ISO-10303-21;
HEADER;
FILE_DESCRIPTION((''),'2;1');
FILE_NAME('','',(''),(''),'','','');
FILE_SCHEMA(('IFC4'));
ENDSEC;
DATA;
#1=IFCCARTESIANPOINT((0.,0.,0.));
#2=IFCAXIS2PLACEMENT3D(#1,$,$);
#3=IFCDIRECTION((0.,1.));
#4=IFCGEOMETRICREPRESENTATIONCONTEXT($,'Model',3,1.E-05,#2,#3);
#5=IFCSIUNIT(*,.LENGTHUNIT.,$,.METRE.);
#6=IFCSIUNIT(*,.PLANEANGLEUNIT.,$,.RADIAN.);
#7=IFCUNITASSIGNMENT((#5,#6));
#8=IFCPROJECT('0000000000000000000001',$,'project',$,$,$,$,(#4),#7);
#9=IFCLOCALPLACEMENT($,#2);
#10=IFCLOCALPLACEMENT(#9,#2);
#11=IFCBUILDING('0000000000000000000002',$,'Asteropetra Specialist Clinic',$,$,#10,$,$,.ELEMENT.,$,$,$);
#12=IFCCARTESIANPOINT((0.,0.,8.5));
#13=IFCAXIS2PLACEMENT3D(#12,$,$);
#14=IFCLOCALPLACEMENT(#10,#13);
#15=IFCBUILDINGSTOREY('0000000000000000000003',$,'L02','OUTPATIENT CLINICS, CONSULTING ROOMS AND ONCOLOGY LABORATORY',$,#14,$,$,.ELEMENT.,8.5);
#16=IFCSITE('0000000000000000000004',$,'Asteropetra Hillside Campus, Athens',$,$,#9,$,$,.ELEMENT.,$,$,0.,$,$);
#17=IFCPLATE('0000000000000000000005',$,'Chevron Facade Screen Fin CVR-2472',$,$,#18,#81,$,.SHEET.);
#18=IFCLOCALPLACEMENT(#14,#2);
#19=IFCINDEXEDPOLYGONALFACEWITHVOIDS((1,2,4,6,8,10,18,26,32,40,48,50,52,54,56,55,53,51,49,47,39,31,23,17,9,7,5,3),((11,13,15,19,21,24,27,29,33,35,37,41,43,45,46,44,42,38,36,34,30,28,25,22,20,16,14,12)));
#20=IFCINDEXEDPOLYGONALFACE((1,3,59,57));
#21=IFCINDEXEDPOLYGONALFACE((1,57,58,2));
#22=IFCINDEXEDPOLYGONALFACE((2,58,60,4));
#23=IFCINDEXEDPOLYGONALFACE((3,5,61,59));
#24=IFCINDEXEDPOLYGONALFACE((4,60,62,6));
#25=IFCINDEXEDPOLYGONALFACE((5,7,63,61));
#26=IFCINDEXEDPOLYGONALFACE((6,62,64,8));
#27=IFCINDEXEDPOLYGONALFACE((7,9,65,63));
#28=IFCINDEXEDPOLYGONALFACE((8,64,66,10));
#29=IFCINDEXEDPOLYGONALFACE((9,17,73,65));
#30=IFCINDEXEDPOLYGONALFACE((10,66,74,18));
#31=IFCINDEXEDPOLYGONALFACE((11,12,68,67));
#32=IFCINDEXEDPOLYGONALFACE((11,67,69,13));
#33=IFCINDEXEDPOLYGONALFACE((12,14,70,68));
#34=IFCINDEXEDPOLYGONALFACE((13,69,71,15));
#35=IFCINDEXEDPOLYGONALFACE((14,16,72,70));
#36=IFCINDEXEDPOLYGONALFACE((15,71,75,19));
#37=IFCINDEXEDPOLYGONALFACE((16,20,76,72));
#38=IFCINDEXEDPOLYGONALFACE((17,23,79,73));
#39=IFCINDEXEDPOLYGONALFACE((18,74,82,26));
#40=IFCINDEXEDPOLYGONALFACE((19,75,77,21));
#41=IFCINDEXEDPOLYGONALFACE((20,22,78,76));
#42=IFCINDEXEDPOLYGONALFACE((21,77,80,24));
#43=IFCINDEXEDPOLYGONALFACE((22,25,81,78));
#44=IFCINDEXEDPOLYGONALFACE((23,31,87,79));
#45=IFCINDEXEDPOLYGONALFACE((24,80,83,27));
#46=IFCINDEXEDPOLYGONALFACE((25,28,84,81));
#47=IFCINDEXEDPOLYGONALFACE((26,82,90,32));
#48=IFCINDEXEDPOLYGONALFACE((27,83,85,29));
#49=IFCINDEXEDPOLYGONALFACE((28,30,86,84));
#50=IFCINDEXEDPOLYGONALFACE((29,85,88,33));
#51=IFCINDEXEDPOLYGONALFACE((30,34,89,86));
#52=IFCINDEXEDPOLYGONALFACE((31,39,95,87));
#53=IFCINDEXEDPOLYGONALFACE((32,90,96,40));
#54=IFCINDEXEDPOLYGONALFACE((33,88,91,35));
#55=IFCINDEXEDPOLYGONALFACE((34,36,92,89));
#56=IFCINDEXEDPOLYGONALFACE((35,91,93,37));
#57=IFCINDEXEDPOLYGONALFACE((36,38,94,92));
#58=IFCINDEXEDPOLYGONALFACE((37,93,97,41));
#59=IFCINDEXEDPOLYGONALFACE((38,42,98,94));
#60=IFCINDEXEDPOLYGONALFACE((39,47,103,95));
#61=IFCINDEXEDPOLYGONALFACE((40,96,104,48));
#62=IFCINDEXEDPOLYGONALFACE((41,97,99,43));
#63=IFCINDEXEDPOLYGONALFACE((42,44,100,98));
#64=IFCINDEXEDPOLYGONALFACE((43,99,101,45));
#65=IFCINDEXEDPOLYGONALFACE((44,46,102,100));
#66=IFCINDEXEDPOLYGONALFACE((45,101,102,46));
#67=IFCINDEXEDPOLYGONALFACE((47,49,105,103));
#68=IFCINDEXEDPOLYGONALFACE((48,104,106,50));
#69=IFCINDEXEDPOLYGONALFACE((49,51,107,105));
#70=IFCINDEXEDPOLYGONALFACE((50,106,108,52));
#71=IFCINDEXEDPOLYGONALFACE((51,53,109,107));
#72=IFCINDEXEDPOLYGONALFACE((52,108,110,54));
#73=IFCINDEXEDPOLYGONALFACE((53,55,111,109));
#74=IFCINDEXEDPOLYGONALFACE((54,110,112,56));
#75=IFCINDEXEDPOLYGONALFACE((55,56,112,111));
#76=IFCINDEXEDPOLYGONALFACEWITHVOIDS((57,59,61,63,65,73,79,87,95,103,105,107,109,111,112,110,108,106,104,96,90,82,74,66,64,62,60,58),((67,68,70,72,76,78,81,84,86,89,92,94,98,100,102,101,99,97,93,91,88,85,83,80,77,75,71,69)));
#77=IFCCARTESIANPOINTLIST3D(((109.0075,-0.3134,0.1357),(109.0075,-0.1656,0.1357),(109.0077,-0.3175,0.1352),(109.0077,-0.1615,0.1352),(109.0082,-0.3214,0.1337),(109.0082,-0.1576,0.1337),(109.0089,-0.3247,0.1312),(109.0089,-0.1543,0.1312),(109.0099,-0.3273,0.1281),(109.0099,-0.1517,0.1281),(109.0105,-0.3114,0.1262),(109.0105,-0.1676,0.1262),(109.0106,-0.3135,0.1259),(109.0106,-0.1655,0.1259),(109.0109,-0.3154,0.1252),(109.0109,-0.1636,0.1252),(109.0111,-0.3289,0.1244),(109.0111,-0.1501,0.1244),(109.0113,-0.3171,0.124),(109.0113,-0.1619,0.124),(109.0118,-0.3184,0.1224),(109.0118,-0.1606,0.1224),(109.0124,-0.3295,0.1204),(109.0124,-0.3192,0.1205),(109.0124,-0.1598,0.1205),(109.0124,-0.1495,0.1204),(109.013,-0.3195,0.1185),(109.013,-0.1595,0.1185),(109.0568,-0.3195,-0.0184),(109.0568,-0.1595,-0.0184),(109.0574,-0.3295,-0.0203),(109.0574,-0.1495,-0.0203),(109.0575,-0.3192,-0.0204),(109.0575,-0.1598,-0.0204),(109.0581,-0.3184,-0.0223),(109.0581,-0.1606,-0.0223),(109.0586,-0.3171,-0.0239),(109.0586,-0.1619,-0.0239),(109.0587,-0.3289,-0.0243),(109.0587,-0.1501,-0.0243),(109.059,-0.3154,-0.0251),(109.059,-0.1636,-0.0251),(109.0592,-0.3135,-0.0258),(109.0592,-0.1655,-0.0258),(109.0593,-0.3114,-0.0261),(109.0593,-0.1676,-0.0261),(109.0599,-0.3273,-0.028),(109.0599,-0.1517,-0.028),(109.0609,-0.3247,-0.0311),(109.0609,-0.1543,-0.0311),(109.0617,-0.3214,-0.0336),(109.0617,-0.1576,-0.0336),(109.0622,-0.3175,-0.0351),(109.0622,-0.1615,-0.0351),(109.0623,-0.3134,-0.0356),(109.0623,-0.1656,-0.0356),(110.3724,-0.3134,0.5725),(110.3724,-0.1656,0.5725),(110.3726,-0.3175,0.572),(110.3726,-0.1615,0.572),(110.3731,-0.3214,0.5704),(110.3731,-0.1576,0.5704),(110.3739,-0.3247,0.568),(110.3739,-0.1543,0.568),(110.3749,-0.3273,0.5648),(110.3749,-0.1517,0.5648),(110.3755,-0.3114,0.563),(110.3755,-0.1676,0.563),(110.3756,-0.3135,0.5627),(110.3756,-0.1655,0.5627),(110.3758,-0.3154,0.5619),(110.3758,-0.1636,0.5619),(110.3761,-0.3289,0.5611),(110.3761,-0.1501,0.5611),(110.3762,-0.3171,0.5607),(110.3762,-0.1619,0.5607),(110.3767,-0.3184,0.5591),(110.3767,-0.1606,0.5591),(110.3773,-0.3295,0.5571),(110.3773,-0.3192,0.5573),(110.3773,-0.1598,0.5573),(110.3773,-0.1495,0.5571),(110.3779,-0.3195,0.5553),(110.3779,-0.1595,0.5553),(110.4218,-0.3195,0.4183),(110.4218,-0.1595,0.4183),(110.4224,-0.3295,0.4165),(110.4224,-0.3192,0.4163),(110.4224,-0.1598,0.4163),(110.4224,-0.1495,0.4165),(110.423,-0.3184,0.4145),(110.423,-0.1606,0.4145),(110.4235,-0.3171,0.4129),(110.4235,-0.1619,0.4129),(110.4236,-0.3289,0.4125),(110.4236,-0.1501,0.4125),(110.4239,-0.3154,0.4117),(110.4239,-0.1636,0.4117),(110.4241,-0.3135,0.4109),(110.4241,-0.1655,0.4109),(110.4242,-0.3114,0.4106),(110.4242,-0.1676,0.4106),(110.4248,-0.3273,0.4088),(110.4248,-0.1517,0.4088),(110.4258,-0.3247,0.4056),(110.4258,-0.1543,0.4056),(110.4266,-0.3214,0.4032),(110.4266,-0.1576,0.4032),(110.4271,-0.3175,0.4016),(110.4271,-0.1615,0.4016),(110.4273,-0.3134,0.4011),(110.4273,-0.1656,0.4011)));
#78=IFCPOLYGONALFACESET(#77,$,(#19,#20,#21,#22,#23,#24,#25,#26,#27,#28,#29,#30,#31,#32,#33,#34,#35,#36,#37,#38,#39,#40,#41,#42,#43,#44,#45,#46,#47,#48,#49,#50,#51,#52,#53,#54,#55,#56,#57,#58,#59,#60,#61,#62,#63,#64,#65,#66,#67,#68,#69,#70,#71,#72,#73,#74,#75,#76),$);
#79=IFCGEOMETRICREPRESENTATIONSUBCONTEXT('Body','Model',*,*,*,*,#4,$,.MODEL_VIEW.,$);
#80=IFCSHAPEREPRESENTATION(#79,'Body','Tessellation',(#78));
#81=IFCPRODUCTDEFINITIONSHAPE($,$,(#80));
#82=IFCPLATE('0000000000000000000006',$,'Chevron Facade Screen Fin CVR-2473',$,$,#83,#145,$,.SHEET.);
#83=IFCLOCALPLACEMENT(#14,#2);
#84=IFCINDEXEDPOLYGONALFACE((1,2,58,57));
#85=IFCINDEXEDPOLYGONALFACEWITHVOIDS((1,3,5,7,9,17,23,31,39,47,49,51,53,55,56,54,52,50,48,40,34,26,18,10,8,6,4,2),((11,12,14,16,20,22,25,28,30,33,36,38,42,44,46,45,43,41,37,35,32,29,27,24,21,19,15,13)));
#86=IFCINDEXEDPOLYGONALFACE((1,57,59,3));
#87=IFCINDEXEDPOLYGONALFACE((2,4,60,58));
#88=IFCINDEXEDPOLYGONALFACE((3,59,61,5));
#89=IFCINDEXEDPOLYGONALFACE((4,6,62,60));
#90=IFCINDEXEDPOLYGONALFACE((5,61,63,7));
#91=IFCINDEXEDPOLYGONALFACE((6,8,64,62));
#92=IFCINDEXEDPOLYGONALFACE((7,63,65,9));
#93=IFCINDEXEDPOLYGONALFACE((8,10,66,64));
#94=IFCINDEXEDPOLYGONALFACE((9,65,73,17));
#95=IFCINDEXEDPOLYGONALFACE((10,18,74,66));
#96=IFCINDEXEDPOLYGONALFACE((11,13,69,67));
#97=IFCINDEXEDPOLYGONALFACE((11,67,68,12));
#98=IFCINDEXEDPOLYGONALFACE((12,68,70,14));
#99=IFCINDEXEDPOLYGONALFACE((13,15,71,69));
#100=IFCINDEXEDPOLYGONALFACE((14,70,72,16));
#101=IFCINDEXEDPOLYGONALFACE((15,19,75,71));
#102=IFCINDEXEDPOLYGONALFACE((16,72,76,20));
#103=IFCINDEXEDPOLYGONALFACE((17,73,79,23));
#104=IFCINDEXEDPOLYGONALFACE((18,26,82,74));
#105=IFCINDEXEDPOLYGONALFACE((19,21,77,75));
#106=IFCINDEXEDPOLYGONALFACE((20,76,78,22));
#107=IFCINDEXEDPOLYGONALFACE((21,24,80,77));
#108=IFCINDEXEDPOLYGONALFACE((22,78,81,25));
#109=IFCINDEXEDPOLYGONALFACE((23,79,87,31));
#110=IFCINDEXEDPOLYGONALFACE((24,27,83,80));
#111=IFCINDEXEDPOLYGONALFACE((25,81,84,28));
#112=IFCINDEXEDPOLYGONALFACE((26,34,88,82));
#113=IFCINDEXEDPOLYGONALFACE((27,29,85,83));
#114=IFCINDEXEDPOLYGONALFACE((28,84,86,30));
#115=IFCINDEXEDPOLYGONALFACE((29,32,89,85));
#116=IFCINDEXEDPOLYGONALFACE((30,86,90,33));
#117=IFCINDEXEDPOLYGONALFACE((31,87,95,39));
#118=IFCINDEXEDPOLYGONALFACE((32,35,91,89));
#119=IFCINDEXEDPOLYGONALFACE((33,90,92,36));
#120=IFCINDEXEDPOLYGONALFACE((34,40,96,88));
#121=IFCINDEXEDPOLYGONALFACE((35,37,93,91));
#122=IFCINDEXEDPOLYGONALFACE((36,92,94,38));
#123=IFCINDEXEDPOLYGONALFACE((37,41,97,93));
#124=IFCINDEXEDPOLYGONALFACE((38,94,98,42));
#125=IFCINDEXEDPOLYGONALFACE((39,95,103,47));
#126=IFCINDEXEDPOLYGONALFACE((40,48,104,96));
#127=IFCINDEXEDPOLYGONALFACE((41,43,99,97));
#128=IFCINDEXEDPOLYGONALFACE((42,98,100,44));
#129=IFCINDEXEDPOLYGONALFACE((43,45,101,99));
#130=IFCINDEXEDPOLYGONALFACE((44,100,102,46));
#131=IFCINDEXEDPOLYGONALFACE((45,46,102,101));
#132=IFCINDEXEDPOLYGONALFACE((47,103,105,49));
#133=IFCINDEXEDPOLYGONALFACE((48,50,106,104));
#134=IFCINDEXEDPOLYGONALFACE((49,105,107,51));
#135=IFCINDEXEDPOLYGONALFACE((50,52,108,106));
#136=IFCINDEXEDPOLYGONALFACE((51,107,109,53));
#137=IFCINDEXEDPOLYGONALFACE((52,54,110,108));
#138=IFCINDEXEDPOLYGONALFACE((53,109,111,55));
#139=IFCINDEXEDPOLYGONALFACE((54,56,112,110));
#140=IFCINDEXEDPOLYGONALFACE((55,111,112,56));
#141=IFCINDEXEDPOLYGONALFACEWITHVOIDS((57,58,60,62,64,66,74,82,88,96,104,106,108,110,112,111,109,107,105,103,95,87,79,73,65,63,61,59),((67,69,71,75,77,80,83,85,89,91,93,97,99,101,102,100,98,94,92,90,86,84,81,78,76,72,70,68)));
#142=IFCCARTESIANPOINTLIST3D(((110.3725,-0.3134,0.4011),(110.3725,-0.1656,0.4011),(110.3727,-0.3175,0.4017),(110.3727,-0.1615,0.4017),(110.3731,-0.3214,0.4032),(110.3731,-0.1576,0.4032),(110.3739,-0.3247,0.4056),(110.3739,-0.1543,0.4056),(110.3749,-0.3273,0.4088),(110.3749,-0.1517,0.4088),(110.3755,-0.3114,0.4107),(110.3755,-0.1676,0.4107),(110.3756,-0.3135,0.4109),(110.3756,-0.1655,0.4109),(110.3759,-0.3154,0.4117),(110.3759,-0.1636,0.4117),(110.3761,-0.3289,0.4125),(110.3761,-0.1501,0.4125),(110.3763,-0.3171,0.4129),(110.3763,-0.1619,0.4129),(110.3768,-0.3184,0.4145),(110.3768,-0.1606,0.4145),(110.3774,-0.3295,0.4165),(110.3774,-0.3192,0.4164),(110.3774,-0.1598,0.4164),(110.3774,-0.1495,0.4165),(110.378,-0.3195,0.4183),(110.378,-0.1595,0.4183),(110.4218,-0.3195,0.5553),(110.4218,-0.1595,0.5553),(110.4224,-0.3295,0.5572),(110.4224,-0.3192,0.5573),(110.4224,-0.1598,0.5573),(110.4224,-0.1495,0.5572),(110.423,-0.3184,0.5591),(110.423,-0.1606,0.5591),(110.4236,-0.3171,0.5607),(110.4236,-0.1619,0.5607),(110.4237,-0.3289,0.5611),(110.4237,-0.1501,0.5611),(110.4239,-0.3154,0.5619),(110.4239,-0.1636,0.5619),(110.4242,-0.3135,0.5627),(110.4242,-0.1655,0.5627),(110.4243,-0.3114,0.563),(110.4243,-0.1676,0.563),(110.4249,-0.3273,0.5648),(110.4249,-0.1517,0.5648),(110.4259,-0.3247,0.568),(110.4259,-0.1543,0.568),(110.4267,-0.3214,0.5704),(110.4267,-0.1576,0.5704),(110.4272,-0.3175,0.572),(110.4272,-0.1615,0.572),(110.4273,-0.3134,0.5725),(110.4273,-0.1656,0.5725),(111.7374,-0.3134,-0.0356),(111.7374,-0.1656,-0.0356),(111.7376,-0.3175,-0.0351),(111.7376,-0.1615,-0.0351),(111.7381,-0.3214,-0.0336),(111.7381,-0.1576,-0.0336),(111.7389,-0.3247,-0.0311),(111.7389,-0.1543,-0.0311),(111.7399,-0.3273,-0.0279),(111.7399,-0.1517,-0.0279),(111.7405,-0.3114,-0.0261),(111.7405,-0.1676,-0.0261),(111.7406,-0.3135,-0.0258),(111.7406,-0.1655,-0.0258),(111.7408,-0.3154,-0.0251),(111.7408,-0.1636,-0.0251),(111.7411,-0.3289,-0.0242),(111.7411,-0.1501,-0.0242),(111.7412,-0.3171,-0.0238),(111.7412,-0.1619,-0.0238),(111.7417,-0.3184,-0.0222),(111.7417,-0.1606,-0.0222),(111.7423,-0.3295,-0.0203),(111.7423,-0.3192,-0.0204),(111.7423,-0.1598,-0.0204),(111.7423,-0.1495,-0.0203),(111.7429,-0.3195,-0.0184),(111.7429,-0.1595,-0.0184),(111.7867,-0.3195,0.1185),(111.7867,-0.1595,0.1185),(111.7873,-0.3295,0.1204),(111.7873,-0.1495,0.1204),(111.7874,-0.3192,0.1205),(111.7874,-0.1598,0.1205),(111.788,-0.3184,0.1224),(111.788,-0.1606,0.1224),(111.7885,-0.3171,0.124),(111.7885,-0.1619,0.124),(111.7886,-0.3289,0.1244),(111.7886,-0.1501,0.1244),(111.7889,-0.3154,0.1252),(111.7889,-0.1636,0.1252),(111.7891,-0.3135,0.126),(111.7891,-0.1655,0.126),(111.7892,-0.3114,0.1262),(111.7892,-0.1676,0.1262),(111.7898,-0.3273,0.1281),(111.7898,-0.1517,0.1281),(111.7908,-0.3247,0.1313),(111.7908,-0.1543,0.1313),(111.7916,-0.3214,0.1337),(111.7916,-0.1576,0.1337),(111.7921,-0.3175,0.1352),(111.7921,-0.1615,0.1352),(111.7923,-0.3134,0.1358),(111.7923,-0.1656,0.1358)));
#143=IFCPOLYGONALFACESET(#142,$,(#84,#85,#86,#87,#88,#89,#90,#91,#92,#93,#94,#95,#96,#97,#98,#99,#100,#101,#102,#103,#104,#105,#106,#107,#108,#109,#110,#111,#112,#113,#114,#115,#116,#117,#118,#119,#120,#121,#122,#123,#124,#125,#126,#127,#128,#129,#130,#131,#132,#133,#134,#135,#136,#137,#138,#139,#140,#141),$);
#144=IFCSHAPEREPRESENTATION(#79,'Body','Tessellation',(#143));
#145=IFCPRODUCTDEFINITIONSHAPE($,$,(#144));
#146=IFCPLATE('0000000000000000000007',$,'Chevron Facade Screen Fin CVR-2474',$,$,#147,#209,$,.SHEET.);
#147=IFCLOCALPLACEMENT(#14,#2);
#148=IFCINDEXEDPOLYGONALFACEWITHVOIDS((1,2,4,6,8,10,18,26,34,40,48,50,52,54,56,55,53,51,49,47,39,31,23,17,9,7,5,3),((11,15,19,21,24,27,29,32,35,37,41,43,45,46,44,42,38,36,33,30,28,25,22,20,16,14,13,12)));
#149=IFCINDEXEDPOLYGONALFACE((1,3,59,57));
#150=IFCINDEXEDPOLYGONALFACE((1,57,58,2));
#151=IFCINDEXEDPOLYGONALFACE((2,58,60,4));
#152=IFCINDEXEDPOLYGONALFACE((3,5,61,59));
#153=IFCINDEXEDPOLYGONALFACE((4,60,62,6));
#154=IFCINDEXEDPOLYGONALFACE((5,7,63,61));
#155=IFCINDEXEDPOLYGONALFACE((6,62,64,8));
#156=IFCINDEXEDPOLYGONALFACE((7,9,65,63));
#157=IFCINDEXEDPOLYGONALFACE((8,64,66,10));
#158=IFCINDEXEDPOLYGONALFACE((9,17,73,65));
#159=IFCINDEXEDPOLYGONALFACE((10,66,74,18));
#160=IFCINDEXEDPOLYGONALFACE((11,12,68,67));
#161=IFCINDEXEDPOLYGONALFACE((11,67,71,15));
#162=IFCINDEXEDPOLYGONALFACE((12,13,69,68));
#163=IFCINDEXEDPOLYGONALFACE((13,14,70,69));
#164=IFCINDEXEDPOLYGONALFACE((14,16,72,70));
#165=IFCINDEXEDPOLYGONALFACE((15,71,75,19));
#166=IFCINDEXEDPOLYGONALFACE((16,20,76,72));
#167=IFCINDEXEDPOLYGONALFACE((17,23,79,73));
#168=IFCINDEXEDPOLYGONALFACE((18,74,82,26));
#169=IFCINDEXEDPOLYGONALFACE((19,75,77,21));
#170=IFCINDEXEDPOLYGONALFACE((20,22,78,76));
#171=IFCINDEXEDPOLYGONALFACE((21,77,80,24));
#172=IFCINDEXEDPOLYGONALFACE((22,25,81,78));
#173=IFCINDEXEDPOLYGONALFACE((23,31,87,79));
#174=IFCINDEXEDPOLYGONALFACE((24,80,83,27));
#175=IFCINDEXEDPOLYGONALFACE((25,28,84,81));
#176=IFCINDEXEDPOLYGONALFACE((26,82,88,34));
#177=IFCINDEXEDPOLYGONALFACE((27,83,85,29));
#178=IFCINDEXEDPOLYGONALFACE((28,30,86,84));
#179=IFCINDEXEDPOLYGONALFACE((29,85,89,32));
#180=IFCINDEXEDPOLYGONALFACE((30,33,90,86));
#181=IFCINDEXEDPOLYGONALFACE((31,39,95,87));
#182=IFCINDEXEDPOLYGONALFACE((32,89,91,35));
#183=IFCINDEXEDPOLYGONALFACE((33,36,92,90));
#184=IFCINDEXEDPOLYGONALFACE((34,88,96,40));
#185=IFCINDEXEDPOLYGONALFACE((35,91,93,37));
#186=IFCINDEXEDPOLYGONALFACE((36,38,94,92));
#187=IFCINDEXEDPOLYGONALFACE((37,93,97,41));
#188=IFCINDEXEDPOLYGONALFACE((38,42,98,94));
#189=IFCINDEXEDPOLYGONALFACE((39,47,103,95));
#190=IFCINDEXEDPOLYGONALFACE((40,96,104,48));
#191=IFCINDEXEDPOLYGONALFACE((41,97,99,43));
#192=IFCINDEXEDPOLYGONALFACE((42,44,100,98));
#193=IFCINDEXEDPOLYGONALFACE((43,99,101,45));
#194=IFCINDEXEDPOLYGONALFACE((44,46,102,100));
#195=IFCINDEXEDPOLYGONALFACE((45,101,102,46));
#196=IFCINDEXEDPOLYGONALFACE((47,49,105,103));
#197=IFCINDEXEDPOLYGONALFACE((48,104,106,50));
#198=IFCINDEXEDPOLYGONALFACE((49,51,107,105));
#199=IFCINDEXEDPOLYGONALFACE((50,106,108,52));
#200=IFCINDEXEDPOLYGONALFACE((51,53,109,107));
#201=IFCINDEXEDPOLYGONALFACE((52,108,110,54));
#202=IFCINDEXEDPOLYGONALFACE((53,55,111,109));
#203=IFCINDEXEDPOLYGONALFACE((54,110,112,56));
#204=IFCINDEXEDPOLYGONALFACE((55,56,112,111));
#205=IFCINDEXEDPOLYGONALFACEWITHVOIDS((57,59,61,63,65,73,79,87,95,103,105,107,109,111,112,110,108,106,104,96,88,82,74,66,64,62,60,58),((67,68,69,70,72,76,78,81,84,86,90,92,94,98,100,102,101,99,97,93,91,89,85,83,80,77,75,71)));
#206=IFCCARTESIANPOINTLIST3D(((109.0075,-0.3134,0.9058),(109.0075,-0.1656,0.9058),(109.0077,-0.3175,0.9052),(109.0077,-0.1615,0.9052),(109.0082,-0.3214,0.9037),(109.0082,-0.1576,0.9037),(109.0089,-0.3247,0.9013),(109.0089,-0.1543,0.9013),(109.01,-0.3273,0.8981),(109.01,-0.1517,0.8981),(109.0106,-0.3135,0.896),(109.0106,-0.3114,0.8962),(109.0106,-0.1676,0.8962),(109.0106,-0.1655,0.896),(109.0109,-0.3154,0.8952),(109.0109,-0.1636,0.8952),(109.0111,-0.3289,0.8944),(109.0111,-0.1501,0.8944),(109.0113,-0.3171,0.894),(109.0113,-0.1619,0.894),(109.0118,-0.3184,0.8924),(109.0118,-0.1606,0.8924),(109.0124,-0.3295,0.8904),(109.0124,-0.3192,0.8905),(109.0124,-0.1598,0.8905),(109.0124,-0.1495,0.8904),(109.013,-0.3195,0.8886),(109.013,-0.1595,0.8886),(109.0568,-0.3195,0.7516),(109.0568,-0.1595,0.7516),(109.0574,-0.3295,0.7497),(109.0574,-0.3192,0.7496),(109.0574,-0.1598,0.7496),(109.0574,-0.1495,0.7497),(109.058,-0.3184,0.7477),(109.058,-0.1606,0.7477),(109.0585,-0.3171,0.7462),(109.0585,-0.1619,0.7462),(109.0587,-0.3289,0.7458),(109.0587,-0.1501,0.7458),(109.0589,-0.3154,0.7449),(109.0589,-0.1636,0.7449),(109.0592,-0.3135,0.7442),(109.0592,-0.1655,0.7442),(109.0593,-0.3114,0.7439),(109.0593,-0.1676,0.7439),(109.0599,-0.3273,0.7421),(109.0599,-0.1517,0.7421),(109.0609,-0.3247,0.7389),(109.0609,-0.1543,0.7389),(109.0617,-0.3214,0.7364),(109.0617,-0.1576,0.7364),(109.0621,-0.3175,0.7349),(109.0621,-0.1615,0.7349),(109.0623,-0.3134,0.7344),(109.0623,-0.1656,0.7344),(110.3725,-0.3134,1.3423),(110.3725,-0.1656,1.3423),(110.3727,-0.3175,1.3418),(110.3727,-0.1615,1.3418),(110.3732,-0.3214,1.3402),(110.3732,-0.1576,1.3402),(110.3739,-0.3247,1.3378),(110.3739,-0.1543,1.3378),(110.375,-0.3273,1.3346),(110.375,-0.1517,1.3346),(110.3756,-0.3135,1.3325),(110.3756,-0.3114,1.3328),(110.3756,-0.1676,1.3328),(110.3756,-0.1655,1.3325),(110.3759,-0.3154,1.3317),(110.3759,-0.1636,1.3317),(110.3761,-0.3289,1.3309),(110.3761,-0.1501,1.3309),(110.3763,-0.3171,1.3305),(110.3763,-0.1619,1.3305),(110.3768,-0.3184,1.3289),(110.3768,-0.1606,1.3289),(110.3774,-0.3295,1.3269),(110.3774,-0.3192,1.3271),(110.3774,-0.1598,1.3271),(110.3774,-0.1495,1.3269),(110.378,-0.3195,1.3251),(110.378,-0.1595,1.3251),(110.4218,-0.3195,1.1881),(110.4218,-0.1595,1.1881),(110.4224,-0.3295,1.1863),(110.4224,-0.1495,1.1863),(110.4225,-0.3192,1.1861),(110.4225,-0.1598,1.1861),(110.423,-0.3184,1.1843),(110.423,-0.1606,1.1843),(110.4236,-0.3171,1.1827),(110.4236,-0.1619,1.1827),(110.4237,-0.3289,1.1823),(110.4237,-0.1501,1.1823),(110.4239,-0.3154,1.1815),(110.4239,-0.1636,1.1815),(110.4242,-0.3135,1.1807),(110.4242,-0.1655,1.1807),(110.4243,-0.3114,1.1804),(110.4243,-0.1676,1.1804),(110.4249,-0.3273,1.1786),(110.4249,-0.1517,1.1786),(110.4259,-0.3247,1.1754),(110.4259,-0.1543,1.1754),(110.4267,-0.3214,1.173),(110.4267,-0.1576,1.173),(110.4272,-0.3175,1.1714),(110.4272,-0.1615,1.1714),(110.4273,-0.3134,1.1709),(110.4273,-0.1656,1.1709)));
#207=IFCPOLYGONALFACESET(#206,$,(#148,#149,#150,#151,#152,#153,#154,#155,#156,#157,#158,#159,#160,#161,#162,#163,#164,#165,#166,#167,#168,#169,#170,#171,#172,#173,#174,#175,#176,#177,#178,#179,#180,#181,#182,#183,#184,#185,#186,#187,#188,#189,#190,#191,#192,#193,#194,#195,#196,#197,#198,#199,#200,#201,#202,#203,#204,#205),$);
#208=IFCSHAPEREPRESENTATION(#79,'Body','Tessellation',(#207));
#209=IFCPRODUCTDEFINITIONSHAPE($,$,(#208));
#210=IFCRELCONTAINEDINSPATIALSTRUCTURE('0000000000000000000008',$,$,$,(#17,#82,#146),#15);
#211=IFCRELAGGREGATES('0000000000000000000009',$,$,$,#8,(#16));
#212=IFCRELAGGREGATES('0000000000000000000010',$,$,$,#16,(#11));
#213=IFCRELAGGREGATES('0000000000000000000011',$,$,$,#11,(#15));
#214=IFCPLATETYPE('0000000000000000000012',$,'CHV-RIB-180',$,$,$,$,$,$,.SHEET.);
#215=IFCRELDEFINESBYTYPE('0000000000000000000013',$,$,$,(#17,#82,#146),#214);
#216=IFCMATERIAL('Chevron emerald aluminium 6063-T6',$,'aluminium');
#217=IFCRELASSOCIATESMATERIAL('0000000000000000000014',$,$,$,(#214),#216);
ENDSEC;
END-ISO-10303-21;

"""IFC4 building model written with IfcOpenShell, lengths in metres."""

from ifc_helpers import new_model, si_unit, direction, frame, origin, origin_2d, place, context, subcontext, project, spatial, hollow_rectangle, extrude, material, material_profile, profile_set, type_object, element, save


model = new_model("IFC4")

# Units and contexts
model_context = context("Model", 3, precision=1e-05, world=origin(), true_north=direction((0.0, 1.0)))
body_context = subcontext(model_context, "Body", "Model", "MODEL_VIEW")
ifc_project = project(units=[si_unit("LENGTHUNIT", "METRE"), si_unit("PLANEANGLEUNIT", "RADIAN")], contexts=[model_context])

# Site, building, storey
site_placement = place(None, origin())
site = spatial("IfcSite", under=ifc_project, at=site_placement, Name="Asteropetra Hillside Campus, Athens", CompositionType="ELEMENT", RefElevation=0.0)
building_placement = place(site_placement, origin())
building = spatial("IfcBuilding", under=site, at=building_placement, Name="Asteropetra Specialist Clinic", CompositionType="ELEMENT")
storey_placement = place(building_placement, frame((0.0, 0.0, 8.5)))
storey = spatial("IfcBuildingStorey", under=building, at=storey_placement, Name="L02", Description="OUTPATIENT CLINICS, CONSULTING ROOMS AND ONCOLOGY LABORATORY", CompositionType="ELEMENT", Elevation=8.5)

# Plates
ifc_material_1 = material(Name="Chevron emerald aluminium 6063-T6", Category="aluminium")
ifc_material_profile_1 = material_profile(ifc_material_1, hollow_rectangle(XDim=0.1799, YDim=0.1799, WallThickness=0.01, InnerFilletRadius=0.0081, OuterFilletRadius=0.0161, at=origin_2d()), Name="SHS 180x180x10.0")
ifc_profile_set_1 = profile_set([ifc_material_profile_1], Name="Chevron emerald aluminium 6063-T6")
plate_type = type_object("IfcPlateType", Name="CHV-RIB-180", PredefinedType="SHEET", material=ifc_profile_set_1)
for number, where, z_axis, x_axis, name in (
    (1, (109.0349, -0.2395, 0.05), (0.95243, 0.0, 0.304757), (0.0, 1.0, 0.0), "Chevron Facade Screen Fin CVR-2472"),
    (2, (110.3999, -0.2395, 0.4868), (0.95243, 0.0, -0.304757), (0.0, 1.0, 0.0), "Chevron Facade Screen Fin CVR-2473"),
    (3, (109.0349, -0.2395, 0.8201), (0.95248, 0.0, 0.304603), (0.0, 1.0, 0.0), "Chevron Facade Screen Fin CVR-2474"),
):
    element("IfcPlate", number, at=place(storey_placement, frame(where, z_axis=z_axis, x_axis=x_axis)), inside=storey, type_object=plate_type, Name=name, PredefinedType="SHEET", context=body_context, shape_type="SweptSolid", body=[
        extrude(hollow_rectangle(XDim=0.1799, YDim=0.1799, WallThickness=0.01, InnerFilletRadius=0.0081, OuterFilletRadius=0.0161, at=origin_2d()), origin(), (0.0, 0.0, 1.0), 1.4331),
    ])

save(model, "model.ifc")
